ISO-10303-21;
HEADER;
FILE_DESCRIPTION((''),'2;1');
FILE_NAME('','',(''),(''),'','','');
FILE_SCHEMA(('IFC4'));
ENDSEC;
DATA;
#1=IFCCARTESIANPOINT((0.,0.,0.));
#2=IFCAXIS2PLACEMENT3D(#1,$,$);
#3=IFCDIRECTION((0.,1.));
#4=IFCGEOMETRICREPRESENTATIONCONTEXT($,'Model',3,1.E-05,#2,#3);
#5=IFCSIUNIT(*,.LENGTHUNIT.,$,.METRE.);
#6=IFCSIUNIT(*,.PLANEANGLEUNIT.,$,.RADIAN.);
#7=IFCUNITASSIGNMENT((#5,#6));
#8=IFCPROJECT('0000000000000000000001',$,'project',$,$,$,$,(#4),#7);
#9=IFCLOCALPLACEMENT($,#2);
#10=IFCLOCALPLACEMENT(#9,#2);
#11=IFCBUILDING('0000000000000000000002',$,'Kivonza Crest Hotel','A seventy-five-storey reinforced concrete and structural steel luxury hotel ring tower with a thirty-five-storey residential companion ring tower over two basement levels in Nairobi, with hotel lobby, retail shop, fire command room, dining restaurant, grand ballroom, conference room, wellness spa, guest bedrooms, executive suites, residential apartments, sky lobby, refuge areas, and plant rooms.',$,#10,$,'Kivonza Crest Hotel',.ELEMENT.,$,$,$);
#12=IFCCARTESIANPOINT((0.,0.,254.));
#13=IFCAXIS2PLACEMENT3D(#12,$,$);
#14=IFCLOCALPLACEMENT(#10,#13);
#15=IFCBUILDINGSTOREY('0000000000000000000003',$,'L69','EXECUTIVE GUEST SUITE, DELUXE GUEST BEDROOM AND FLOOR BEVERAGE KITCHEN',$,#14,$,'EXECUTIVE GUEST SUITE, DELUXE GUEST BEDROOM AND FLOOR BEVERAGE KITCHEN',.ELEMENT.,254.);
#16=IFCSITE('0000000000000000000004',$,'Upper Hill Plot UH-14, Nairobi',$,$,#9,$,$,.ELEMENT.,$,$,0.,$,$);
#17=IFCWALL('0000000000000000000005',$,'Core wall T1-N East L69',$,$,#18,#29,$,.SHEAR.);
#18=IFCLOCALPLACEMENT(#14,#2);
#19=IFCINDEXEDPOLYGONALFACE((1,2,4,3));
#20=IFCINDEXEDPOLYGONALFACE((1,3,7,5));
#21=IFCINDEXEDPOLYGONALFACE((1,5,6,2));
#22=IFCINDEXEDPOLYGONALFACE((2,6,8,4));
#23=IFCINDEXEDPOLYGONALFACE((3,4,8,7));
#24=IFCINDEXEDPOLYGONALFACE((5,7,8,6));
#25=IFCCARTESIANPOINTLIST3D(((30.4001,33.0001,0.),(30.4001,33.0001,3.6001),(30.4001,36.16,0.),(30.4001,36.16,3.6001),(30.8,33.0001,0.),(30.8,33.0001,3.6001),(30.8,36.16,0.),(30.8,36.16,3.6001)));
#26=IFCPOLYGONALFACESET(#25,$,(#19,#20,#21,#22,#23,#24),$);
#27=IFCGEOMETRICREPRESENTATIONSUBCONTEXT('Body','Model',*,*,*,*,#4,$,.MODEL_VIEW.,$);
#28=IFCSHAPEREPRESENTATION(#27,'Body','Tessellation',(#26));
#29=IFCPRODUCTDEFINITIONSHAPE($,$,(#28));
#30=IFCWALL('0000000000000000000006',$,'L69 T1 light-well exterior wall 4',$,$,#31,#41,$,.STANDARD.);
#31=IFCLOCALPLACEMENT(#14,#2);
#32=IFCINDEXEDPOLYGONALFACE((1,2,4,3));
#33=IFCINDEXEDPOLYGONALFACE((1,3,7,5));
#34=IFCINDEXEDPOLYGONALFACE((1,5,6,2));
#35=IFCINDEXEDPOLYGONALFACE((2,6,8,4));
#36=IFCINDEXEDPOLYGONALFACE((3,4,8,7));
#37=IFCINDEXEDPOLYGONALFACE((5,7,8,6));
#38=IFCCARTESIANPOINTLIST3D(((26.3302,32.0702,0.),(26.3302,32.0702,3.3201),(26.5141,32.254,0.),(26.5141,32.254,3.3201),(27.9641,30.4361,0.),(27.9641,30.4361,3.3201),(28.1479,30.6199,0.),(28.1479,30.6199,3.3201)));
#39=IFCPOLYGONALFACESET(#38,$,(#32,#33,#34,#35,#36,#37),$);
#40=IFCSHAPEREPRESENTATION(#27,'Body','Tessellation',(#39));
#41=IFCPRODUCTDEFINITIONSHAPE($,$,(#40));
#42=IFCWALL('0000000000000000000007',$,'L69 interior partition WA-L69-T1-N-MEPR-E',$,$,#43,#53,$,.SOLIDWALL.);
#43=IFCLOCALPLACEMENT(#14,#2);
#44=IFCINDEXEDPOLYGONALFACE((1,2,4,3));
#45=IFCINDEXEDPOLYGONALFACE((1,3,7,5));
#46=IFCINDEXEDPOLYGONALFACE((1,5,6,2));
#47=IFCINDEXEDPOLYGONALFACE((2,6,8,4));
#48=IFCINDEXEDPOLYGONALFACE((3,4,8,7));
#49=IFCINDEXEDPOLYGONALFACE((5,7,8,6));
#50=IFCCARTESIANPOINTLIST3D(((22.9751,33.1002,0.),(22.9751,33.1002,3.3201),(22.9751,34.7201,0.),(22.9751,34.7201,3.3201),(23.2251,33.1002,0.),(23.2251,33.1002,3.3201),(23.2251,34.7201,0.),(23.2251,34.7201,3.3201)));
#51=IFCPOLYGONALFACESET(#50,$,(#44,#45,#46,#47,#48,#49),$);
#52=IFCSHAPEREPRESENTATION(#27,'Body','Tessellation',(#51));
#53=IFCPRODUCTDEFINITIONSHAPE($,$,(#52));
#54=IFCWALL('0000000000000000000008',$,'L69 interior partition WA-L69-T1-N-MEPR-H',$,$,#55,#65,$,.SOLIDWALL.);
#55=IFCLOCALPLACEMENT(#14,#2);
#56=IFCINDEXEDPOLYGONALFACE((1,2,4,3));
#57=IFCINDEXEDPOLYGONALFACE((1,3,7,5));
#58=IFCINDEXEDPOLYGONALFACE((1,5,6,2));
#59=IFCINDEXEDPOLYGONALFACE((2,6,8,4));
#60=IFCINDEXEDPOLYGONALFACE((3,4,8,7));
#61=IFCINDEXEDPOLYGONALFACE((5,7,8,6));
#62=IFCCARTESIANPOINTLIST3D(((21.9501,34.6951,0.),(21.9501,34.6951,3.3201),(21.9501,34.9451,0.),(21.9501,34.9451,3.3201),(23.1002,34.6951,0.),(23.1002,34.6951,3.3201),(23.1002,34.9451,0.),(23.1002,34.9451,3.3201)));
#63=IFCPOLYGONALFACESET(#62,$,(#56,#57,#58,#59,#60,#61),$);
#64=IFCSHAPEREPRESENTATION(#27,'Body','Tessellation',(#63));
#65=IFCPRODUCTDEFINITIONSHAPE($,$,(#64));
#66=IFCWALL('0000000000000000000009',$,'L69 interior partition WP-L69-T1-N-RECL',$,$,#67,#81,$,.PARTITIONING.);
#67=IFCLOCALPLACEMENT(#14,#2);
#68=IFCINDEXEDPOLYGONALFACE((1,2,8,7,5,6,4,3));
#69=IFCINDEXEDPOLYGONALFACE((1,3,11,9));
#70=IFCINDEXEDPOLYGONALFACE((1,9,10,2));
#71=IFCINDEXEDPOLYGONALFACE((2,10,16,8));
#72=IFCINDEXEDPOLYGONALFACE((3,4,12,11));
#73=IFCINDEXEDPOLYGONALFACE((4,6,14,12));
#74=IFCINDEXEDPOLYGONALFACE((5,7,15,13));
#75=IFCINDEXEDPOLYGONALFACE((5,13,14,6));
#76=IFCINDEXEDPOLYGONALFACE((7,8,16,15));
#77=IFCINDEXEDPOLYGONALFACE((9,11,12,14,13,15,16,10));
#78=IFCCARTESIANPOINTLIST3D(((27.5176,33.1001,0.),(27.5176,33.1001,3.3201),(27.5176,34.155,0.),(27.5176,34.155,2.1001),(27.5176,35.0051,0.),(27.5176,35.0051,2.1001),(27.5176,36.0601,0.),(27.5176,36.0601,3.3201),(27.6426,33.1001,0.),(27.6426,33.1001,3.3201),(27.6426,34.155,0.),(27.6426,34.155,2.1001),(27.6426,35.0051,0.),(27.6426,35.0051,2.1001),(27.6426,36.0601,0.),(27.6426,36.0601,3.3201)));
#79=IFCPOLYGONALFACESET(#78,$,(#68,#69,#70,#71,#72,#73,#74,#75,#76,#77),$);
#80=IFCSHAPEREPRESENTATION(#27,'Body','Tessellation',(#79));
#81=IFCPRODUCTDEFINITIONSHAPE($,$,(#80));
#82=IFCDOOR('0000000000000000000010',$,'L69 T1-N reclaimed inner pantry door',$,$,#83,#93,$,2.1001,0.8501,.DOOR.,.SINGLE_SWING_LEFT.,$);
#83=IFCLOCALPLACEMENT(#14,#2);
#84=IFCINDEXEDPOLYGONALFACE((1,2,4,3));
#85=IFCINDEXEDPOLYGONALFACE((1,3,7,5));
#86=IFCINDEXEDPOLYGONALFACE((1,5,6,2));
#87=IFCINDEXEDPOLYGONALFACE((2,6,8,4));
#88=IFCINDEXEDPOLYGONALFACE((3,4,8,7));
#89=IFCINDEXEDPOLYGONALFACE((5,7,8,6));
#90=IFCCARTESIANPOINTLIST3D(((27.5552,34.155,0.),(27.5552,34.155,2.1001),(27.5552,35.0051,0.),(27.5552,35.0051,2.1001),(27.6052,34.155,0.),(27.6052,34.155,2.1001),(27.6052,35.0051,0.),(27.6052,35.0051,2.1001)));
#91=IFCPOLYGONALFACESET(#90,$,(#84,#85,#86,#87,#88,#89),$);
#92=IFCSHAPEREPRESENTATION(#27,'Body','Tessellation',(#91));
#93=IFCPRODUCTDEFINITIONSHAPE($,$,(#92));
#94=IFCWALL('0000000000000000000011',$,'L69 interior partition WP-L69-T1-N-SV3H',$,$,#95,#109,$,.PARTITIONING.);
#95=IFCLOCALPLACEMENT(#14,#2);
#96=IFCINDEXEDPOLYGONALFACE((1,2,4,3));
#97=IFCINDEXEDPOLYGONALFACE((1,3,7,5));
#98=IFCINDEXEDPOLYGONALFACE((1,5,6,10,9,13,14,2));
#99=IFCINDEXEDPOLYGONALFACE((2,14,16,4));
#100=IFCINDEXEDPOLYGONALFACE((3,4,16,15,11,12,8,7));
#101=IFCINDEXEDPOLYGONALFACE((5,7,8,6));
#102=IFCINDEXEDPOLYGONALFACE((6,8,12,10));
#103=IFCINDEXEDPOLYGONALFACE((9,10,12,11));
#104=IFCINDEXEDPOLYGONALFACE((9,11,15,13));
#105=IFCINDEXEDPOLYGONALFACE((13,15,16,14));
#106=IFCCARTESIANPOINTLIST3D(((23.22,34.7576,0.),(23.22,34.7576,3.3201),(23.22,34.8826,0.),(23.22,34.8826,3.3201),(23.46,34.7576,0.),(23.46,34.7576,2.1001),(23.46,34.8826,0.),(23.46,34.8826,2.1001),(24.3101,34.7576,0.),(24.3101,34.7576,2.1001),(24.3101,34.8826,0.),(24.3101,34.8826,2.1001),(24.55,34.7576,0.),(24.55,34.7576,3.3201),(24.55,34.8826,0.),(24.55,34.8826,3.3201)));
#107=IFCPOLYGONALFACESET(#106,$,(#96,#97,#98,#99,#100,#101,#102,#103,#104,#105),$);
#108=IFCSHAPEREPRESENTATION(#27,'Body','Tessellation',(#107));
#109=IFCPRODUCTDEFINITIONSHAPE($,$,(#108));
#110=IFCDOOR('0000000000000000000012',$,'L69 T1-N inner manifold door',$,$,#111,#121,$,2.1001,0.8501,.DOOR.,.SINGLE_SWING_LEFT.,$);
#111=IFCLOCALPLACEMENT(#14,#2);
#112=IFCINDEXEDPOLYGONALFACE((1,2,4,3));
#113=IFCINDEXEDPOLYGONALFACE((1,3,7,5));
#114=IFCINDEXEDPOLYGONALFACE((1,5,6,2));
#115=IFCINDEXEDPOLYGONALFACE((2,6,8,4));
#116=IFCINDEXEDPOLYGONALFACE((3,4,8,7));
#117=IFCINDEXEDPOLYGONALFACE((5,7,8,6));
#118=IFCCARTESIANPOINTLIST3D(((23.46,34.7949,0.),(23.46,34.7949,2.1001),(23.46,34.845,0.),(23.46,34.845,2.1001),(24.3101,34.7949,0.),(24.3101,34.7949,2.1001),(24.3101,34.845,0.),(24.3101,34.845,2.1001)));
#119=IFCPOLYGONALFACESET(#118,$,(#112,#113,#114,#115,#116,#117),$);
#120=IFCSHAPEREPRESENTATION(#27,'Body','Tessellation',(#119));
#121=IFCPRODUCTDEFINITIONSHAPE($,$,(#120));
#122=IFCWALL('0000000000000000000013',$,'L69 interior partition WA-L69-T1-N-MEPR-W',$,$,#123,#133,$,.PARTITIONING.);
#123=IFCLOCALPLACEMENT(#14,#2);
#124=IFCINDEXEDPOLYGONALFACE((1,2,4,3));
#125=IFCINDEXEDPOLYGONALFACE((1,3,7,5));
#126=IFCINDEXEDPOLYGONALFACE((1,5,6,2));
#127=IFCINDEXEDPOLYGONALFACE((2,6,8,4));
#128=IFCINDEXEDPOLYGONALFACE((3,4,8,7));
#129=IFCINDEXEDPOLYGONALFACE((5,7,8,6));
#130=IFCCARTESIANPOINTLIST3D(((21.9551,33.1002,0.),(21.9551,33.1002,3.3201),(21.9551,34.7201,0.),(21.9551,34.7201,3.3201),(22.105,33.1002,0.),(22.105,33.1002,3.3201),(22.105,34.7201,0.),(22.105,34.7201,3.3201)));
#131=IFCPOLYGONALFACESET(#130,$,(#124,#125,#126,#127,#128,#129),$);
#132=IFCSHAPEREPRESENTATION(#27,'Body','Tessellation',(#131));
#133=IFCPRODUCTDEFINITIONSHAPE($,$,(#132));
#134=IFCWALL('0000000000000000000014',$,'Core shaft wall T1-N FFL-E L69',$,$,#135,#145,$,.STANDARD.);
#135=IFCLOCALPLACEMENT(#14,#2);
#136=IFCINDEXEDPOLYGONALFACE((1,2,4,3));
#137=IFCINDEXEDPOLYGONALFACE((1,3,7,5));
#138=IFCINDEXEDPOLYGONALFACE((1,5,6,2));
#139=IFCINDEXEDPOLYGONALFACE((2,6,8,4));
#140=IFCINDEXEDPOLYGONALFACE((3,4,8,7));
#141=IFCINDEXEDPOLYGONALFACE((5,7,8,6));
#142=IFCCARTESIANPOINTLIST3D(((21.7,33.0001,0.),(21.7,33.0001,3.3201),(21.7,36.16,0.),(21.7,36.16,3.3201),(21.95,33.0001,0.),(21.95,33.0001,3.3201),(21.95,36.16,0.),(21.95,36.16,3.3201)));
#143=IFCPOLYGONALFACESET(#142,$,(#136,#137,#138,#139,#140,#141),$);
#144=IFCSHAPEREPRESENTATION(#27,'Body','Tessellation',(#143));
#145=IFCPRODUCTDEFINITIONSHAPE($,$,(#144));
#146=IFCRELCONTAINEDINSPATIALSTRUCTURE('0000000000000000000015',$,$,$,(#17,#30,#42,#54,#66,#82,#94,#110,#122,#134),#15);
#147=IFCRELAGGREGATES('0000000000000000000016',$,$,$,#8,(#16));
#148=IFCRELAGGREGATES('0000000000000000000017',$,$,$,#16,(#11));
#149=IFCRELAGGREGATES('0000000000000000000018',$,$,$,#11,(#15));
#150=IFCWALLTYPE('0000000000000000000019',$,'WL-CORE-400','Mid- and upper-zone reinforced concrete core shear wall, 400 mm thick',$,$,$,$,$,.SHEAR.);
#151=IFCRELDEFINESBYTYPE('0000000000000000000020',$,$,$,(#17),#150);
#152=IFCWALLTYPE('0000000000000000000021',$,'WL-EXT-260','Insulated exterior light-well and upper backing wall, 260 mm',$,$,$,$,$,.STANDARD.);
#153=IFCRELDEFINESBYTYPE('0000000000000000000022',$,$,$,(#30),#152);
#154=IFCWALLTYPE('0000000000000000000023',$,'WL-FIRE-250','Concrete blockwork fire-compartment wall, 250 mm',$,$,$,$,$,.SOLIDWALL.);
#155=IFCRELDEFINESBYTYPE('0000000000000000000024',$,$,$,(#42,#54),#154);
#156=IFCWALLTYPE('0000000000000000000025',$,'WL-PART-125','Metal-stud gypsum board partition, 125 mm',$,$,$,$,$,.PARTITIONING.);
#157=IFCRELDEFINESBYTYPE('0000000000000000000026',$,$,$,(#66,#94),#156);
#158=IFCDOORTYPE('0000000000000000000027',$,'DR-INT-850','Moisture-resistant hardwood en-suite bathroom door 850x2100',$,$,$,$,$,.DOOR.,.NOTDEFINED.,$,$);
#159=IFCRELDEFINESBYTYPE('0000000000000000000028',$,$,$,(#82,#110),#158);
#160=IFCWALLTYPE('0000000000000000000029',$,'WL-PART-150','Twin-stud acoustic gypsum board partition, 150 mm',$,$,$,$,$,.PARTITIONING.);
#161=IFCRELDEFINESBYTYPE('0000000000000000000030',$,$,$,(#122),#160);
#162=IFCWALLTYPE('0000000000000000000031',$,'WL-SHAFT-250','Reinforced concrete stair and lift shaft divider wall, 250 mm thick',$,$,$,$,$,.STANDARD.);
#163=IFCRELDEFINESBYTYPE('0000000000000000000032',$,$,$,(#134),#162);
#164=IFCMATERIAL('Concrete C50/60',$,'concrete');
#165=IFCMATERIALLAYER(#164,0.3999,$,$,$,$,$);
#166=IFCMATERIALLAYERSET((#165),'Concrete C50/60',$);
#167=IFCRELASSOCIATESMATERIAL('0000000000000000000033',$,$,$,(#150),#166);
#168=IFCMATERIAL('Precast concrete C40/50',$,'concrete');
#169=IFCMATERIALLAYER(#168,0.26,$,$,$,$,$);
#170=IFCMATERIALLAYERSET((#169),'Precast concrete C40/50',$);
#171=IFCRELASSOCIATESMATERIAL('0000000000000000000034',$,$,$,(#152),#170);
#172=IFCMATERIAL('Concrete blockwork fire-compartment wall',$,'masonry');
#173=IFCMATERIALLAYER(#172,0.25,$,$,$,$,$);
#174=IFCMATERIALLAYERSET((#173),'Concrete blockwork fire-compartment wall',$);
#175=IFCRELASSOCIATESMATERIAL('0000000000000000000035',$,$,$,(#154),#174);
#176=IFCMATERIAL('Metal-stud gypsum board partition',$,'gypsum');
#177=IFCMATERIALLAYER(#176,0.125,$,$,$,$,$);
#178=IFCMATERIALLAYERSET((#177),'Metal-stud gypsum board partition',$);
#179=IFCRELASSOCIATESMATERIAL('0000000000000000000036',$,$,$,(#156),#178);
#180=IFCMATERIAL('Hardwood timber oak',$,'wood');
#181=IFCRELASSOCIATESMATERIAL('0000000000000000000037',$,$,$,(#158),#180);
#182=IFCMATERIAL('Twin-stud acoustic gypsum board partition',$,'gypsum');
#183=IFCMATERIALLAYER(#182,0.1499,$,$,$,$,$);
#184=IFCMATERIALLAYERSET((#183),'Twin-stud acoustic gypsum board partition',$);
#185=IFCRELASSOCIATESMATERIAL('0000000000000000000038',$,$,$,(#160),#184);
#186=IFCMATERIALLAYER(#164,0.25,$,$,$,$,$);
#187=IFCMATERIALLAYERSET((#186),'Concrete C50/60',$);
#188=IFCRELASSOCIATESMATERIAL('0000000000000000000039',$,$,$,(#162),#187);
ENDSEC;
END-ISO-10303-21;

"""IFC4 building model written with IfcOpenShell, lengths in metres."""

from ifc_helpers import new_model, si_unit, direction, frame, frame_2d, origin, place, context, subcontext, project, spatial, rectangle, extrude, material, layer, layer_set, type_object, element, fill, save


model = new_model("IFC4")

# Units and contexts
model_context = context("Model", 3, precision=1e-05, world=origin(), true_north=direction((0.0, 1.0)))
body_context = subcontext(model_context, "Body", "Model", "MODEL_VIEW")
ifc_project = project(units=[si_unit("LENGTHUNIT", "METRE"), si_unit("PLANEANGLEUNIT", "RADIAN")], contexts=[model_context])

# Site, building, storey
site_placement = place(None, origin())
site = spatial("IfcSite", under=ifc_project, at=site_placement, Name="Upper Hill Plot UH-14, Nairobi", CompositionType="ELEMENT", RefElevation=0.0)
building_placement = place(site_placement, origin())
building = spatial("IfcBuilding", under=site, at=building_placement, Name="Kivonza Crest Hotel", Description="A seventy-five-storey reinforced concrete and structural steel luxury hotel ring tower with a thirty-five-storey residential companion ring tower over two basement levels in Nairobi, with hotel lobby, retail shop, fire command room, dining restaurant, grand ballroom, conference room, wellness spa, guest bedrooms, executive suites, residential apartments, sky lobby, refuge areas, and plant rooms.", LongName="Kivonza Crest Hotel", CompositionType="ELEMENT")
storey_placement = place(building_placement, frame((0.0, 0.0, 254.0)))
storey = spatial("IfcBuildingStorey", under=building, at=storey_placement, Name="L69", Description="EXECUTIVE GUEST SUITE, DELUXE GUEST BEDROOM AND FLOOR BEVERAGE KITCHEN", LongName="EXECUTIVE GUEST SUITE, DELUXE GUEST BEDROOM AND FLOOR BEVERAGE KITCHEN", CompositionType="ELEMENT", Elevation=254.0)

# Shared definitions
ifc_material_1 = material(Name="Concrete C50/60", Category="concrete")

# Walls
ifc_layer_1 = layer(ifc_material_1, 0.3999)
ifc_layer_set_1 = layer_set([ifc_layer_1], Name="Concrete C50/60")
wall_type_1 = type_object("IfcWallType", Name="WL-CORE-400", Description="Mid- and upper-zone reinforced concrete core shear wall, 400 mm thick", PredefinedType="SHEAR", material=ifc_layer_set_1)
wall_1_placement = place(storey_placement, frame((30.6001, 33.0, 0.0), z_axis=(0.0, 0.0, 1.0), x_axis=(0.0, 1.0, 0.0)))
element("IfcWall", 1, at=wall_1_placement, inside=storey, type_object=wall_type_1, Name="Core wall T1-N East L69", PredefinedType="SHEAR", context=body_context, shape_type="SweptSolid", body=[
    extrude(rectangle(XDim=3.1599, YDim=0.3999, at=frame_2d((1.5801, 0.0))), origin(), (0.0, 0.0, 1.0), 3.6001),
])
ifc_material_2 = material(Name="Precast concrete C40/50", Category="concrete")
ifc_layer_2 = layer(ifc_material_2, 0.26)
ifc_layer_set_2 = layer_set([ifc_layer_2], Name="Precast concrete C40/50")
wall_type_2 = type_object("IfcWallType", Name="WL-EXT-260", Description="Insulated exterior light-well and upper backing wall, 260 mm", PredefinedType="STANDARD", material=ifc_layer_set_2)
wall_2_placement = place(storey_placement, frame((28.0559, 30.5281, 0.0), z_axis=(0.0, 0.0, 1.0), x_axis=(-0.707054, 0.70716, 0.0)))
element("IfcWall", 2, at=wall_2_placement, inside=storey, type_object=wall_type_2, Name="L69 T1 light-well exterior wall 4", PredefinedType="STANDARD", context=body_context, shape_type="SweptSolid", body=[
    extrude(rectangle(XDim=2.3108, YDim=0.26, at=frame_2d((1.1553, 0.0))), origin(), (0.0, 0.0, 1.0), 3.3201),
])
ifc_material_3 = material(Name="Concrete blockwork fire-compartment wall", Category="masonry")
ifc_layer_3 = layer(ifc_material_3, 0.25)
ifc_layer_set_3 = layer_set([ifc_layer_3], Name="Concrete blockwork fire-compartment wall")
wall_type_3 = type_object("IfcWallType", Name="WL-FIRE-250", Description="Concrete blockwork fire-compartment wall, 250 mm", PredefinedType="SOLIDWALL", material=ifc_layer_set_3)
wall_3_placement = place(storey_placement, frame((23.1001, 33.1001, 0.0), z_axis=(0.0, 0.0, 1.0), x_axis=(0.0, 1.0, 0.0)))
element("IfcWall", 3, at=wall_3_placement, inside=storey, type_object=wall_type_3, Name="L69 interior partition WA-L69-T1-N-MEPR-E", PredefinedType="SOLIDWALL", context=body_context, shape_type="SweptSolid", body=[
    extrude(rectangle(XDim=1.6199, YDim=0.25, at=frame_2d((0.8101, 0.0))), origin(), (0.0, 0.0, 1.0), 3.3201),
])
wall_4_placement = place(storey_placement, frame((21.95, 34.8201, 0.0), z_axis=(0.0, 0.0, 1.0), x_axis=(1.0, 0.0, 0.0)))
element("IfcWall", 4, at=wall_4_placement, inside=storey, type_object=wall_type_3, Name="L69 interior partition WA-L69-T1-N-MEPR-H", PredefinedType="SOLIDWALL", context=body_context, shape_type="SweptSolid", body=[
    extrude(rectangle(XDim=1.1501, YDim=0.25, at=frame_2d((0.5752, 0.0))), origin(), (0.0, 0.0, 1.0), 3.3201),
])

# Walls, openings, doors
ifc_material_4 = material(Name="Metal-stud gypsum board partition", Category="gypsum")
ifc_layer_4 = layer(ifc_material_4, 0.125)
ifc_layer_set_4 = layer_set([ifc_layer_4], Name="Metal-stud gypsum board partition")
wall_type_4 = type_object("IfcWallType", Name="WL-PART-125", Description="Metal-stud gypsum board partition, 125 mm", PredefinedType="PARTITIONING", material=ifc_layer_set_4)
wall_5_placement = place(storey_placement, frame((27.5801, 33.1001, 0.0), z_axis=(0.0, 0.0, 1.0), x_axis=(0.0, 1.0, 0.0)))
wall_5 = element("IfcWall", 5, at=wall_5_placement, inside=storey, type_object=wall_type_4, Name="L69 interior partition WP-L69-T1-N-RECL", PredefinedType="PARTITIONING", context=body_context, shape_type="SweptSolid", body=[
    extrude(rectangle(XDim=2.96, YDim=0.125, at=frame_2d((1.48, 0.0))), origin(), (0.0, 0.0, 1.0), 3.3201),
])
opening_1_placement = place(wall_5_placement, frame((1.0549, 0.0, 0.0)))
opening_1 = element("IfcOpeningElement", 6, at=opening_1_placement, cuts=wall_5, PredefinedType="OPENING", context=body_context, shape_type="SweptSolid", body=[
    extrude(rectangle(XDim=0.8501, YDim=2.1001, at=frame_2d((0.425, 1.05))), frame((0.0, 0.0725, 0.0), z_axis=(0.0, -1.0, 0.0), x_axis=(1.0, 0.0, 0.0)), (0.0, 0.0, 1.0), 0.145),
])
ifc_material_5 = material(Name="Hardwood timber oak", Category="wood")
door_type_1 = type_object("IfcDoorType", Name="DR-INT-850", Description="Moisture-resistant hardwood en-suite bathroom door 850x2100", OperationType="NOTDEFINED", PredefinedType="DOOR", material=ifc_material_5)
door_1_placement = place(opening_1_placement, origin())
door_1 = element("IfcDoor", 7, at=door_1_placement, inside=storey, type_object=door_type_1, Name="L69 T1-N reclaimed inner pantry door", OperationType="SINGLE_SWING_LEFT", OverallHeight=2.1001, OverallWidth=0.8501, PredefinedType="DOOR", context=body_context, shape_type="SweptSolid", body=[
    extrude(rectangle(XDim=0.8501, YDim=2.1001, at=frame_2d((0.425, 1.05))), frame((0.0, 0.0249, 0.0), z_axis=(0.0, -1.0, 0.0), x_axis=(1.0, 0.0, 0.0)), (0.0, 0.0, 1.0), 0.05),
])
fill(opening_1, door_1)
wall_6_placement = place(storey_placement, frame((23.22, 34.8201, 0.0), z_axis=(0.0, 0.0, 1.0), x_axis=(1.0, 0.0, 0.0)))
wall_6 = element("IfcWall", 8, at=wall_6_placement, inside=storey, type_object=wall_type_4, Name="L69 interior partition WP-L69-T1-N-SV3H", PredefinedType="PARTITIONING", context=body_context, shape_type="SweptSolid", body=[
    extrude(rectangle(XDim=1.3301, YDim=0.125, at=frame_2d((0.665, 0.0))), origin(), (0.0, 0.0, 1.0), 3.3201),
])
opening_2_placement = place(wall_6_placement, frame((0.24, 0.0, 0.0)))
opening_2 = element("IfcOpeningElement", 9, at=opening_2_placement, cuts=wall_6, PredefinedType="OPENING", context=body_context, shape_type="SweptSolid", body=[
    extrude(rectangle(XDim=0.8501, YDim=2.1001, at=frame_2d((0.425, 1.05))), frame((0.0, 0.0725, 0.0), z_axis=(0.0, -1.0, 0.0), x_axis=(1.0, 0.0, 0.0)), (0.0, 0.0, 1.0), 0.145),
])
door_2_placement = place(opening_2_placement, origin())
door_2 = element("IfcDoor", 10, at=door_2_placement, inside=storey, type_object=door_type_1, Name="L69 T1-N inner manifold door", OperationType="SINGLE_SWING_LEFT", OverallHeight=2.1001, OverallWidth=0.8501, PredefinedType="DOOR", context=body_context, shape_type="SweptSolid", body=[
    extrude(rectangle(XDim=0.8501, YDim=2.1001, at=frame_2d((0.425, 1.05))), frame((0.0, 0.0249, 0.0), z_axis=(0.0, -1.0, 0.0), x_axis=(1.0, 0.0, 0.0)), (0.0, 0.0, 1.0), 0.05),
])
fill(opening_2, door_2)

# Wall
ifc_material_6 = material(Name="Twin-stud acoustic gypsum board partition", Category="gypsum")
ifc_layer_5 = layer(ifc_material_6, 0.1499)
ifc_layer_set_5 = layer_set([ifc_layer_5], Name="Twin-stud acoustic gypsum board partition")
wall_type_5 = type_object("IfcWallType", Name="WL-PART-150", Description="Twin-stud acoustic gypsum board partition, 150 mm", PredefinedType="PARTITIONING", material=ifc_layer_set_5)
wall_7_placement = place(storey_placement, frame((22.03, 33.1001, 0.0), z_axis=(0.0, 0.0, 1.0), x_axis=(0.0, 1.0, 0.0)))
element("IfcWall", 11, at=wall_7_placement, inside=storey, type_object=wall_type_5, Name="L69 interior partition WA-L69-T1-N-MEPR-W", PredefinedType="PARTITIONING", context=body_context, shape_type="SweptSolid", body=[
    extrude(rectangle(XDim=1.6199, YDim=0.1499, at=frame_2d((0.8101, 0.0))), origin(), (0.0, 0.0, 1.0), 3.3201),
])

# Shared definitions
ifc_layer_6 = layer(ifc_material_1, 0.25)
ifc_layer_set_6 = layer_set([ifc_layer_6], Name="Concrete C50/60")
wall_type_6 = type_object("IfcWallType", Name="WL-SHAFT-250", Description="Reinforced concrete stair and lift shaft divider wall, 250 mm thick", PredefinedType="STANDARD", material=ifc_layer_set_6)

# Wall
wall_8_placement = place(storey_placement, frame((21.825, 33.0, 0.0), z_axis=(0.0, 0.0, 1.0), x_axis=(0.0, 1.0, 0.0)))
element("IfcWall", 12, at=wall_8_placement, inside=storey, type_object=wall_type_6, Name="Core shaft wall T1-N FFL-E L69", PredefinedType="STANDARD", context=body_context, shape_type="SweptSolid", body=[
    extrude(rectangle(XDim=3.1599, YDim=0.25, at=frame_2d((1.5801, 0.0))), origin(), (0.0, 0.0, 1.0), 3.3201),
])

save(model, "model.ifc")
